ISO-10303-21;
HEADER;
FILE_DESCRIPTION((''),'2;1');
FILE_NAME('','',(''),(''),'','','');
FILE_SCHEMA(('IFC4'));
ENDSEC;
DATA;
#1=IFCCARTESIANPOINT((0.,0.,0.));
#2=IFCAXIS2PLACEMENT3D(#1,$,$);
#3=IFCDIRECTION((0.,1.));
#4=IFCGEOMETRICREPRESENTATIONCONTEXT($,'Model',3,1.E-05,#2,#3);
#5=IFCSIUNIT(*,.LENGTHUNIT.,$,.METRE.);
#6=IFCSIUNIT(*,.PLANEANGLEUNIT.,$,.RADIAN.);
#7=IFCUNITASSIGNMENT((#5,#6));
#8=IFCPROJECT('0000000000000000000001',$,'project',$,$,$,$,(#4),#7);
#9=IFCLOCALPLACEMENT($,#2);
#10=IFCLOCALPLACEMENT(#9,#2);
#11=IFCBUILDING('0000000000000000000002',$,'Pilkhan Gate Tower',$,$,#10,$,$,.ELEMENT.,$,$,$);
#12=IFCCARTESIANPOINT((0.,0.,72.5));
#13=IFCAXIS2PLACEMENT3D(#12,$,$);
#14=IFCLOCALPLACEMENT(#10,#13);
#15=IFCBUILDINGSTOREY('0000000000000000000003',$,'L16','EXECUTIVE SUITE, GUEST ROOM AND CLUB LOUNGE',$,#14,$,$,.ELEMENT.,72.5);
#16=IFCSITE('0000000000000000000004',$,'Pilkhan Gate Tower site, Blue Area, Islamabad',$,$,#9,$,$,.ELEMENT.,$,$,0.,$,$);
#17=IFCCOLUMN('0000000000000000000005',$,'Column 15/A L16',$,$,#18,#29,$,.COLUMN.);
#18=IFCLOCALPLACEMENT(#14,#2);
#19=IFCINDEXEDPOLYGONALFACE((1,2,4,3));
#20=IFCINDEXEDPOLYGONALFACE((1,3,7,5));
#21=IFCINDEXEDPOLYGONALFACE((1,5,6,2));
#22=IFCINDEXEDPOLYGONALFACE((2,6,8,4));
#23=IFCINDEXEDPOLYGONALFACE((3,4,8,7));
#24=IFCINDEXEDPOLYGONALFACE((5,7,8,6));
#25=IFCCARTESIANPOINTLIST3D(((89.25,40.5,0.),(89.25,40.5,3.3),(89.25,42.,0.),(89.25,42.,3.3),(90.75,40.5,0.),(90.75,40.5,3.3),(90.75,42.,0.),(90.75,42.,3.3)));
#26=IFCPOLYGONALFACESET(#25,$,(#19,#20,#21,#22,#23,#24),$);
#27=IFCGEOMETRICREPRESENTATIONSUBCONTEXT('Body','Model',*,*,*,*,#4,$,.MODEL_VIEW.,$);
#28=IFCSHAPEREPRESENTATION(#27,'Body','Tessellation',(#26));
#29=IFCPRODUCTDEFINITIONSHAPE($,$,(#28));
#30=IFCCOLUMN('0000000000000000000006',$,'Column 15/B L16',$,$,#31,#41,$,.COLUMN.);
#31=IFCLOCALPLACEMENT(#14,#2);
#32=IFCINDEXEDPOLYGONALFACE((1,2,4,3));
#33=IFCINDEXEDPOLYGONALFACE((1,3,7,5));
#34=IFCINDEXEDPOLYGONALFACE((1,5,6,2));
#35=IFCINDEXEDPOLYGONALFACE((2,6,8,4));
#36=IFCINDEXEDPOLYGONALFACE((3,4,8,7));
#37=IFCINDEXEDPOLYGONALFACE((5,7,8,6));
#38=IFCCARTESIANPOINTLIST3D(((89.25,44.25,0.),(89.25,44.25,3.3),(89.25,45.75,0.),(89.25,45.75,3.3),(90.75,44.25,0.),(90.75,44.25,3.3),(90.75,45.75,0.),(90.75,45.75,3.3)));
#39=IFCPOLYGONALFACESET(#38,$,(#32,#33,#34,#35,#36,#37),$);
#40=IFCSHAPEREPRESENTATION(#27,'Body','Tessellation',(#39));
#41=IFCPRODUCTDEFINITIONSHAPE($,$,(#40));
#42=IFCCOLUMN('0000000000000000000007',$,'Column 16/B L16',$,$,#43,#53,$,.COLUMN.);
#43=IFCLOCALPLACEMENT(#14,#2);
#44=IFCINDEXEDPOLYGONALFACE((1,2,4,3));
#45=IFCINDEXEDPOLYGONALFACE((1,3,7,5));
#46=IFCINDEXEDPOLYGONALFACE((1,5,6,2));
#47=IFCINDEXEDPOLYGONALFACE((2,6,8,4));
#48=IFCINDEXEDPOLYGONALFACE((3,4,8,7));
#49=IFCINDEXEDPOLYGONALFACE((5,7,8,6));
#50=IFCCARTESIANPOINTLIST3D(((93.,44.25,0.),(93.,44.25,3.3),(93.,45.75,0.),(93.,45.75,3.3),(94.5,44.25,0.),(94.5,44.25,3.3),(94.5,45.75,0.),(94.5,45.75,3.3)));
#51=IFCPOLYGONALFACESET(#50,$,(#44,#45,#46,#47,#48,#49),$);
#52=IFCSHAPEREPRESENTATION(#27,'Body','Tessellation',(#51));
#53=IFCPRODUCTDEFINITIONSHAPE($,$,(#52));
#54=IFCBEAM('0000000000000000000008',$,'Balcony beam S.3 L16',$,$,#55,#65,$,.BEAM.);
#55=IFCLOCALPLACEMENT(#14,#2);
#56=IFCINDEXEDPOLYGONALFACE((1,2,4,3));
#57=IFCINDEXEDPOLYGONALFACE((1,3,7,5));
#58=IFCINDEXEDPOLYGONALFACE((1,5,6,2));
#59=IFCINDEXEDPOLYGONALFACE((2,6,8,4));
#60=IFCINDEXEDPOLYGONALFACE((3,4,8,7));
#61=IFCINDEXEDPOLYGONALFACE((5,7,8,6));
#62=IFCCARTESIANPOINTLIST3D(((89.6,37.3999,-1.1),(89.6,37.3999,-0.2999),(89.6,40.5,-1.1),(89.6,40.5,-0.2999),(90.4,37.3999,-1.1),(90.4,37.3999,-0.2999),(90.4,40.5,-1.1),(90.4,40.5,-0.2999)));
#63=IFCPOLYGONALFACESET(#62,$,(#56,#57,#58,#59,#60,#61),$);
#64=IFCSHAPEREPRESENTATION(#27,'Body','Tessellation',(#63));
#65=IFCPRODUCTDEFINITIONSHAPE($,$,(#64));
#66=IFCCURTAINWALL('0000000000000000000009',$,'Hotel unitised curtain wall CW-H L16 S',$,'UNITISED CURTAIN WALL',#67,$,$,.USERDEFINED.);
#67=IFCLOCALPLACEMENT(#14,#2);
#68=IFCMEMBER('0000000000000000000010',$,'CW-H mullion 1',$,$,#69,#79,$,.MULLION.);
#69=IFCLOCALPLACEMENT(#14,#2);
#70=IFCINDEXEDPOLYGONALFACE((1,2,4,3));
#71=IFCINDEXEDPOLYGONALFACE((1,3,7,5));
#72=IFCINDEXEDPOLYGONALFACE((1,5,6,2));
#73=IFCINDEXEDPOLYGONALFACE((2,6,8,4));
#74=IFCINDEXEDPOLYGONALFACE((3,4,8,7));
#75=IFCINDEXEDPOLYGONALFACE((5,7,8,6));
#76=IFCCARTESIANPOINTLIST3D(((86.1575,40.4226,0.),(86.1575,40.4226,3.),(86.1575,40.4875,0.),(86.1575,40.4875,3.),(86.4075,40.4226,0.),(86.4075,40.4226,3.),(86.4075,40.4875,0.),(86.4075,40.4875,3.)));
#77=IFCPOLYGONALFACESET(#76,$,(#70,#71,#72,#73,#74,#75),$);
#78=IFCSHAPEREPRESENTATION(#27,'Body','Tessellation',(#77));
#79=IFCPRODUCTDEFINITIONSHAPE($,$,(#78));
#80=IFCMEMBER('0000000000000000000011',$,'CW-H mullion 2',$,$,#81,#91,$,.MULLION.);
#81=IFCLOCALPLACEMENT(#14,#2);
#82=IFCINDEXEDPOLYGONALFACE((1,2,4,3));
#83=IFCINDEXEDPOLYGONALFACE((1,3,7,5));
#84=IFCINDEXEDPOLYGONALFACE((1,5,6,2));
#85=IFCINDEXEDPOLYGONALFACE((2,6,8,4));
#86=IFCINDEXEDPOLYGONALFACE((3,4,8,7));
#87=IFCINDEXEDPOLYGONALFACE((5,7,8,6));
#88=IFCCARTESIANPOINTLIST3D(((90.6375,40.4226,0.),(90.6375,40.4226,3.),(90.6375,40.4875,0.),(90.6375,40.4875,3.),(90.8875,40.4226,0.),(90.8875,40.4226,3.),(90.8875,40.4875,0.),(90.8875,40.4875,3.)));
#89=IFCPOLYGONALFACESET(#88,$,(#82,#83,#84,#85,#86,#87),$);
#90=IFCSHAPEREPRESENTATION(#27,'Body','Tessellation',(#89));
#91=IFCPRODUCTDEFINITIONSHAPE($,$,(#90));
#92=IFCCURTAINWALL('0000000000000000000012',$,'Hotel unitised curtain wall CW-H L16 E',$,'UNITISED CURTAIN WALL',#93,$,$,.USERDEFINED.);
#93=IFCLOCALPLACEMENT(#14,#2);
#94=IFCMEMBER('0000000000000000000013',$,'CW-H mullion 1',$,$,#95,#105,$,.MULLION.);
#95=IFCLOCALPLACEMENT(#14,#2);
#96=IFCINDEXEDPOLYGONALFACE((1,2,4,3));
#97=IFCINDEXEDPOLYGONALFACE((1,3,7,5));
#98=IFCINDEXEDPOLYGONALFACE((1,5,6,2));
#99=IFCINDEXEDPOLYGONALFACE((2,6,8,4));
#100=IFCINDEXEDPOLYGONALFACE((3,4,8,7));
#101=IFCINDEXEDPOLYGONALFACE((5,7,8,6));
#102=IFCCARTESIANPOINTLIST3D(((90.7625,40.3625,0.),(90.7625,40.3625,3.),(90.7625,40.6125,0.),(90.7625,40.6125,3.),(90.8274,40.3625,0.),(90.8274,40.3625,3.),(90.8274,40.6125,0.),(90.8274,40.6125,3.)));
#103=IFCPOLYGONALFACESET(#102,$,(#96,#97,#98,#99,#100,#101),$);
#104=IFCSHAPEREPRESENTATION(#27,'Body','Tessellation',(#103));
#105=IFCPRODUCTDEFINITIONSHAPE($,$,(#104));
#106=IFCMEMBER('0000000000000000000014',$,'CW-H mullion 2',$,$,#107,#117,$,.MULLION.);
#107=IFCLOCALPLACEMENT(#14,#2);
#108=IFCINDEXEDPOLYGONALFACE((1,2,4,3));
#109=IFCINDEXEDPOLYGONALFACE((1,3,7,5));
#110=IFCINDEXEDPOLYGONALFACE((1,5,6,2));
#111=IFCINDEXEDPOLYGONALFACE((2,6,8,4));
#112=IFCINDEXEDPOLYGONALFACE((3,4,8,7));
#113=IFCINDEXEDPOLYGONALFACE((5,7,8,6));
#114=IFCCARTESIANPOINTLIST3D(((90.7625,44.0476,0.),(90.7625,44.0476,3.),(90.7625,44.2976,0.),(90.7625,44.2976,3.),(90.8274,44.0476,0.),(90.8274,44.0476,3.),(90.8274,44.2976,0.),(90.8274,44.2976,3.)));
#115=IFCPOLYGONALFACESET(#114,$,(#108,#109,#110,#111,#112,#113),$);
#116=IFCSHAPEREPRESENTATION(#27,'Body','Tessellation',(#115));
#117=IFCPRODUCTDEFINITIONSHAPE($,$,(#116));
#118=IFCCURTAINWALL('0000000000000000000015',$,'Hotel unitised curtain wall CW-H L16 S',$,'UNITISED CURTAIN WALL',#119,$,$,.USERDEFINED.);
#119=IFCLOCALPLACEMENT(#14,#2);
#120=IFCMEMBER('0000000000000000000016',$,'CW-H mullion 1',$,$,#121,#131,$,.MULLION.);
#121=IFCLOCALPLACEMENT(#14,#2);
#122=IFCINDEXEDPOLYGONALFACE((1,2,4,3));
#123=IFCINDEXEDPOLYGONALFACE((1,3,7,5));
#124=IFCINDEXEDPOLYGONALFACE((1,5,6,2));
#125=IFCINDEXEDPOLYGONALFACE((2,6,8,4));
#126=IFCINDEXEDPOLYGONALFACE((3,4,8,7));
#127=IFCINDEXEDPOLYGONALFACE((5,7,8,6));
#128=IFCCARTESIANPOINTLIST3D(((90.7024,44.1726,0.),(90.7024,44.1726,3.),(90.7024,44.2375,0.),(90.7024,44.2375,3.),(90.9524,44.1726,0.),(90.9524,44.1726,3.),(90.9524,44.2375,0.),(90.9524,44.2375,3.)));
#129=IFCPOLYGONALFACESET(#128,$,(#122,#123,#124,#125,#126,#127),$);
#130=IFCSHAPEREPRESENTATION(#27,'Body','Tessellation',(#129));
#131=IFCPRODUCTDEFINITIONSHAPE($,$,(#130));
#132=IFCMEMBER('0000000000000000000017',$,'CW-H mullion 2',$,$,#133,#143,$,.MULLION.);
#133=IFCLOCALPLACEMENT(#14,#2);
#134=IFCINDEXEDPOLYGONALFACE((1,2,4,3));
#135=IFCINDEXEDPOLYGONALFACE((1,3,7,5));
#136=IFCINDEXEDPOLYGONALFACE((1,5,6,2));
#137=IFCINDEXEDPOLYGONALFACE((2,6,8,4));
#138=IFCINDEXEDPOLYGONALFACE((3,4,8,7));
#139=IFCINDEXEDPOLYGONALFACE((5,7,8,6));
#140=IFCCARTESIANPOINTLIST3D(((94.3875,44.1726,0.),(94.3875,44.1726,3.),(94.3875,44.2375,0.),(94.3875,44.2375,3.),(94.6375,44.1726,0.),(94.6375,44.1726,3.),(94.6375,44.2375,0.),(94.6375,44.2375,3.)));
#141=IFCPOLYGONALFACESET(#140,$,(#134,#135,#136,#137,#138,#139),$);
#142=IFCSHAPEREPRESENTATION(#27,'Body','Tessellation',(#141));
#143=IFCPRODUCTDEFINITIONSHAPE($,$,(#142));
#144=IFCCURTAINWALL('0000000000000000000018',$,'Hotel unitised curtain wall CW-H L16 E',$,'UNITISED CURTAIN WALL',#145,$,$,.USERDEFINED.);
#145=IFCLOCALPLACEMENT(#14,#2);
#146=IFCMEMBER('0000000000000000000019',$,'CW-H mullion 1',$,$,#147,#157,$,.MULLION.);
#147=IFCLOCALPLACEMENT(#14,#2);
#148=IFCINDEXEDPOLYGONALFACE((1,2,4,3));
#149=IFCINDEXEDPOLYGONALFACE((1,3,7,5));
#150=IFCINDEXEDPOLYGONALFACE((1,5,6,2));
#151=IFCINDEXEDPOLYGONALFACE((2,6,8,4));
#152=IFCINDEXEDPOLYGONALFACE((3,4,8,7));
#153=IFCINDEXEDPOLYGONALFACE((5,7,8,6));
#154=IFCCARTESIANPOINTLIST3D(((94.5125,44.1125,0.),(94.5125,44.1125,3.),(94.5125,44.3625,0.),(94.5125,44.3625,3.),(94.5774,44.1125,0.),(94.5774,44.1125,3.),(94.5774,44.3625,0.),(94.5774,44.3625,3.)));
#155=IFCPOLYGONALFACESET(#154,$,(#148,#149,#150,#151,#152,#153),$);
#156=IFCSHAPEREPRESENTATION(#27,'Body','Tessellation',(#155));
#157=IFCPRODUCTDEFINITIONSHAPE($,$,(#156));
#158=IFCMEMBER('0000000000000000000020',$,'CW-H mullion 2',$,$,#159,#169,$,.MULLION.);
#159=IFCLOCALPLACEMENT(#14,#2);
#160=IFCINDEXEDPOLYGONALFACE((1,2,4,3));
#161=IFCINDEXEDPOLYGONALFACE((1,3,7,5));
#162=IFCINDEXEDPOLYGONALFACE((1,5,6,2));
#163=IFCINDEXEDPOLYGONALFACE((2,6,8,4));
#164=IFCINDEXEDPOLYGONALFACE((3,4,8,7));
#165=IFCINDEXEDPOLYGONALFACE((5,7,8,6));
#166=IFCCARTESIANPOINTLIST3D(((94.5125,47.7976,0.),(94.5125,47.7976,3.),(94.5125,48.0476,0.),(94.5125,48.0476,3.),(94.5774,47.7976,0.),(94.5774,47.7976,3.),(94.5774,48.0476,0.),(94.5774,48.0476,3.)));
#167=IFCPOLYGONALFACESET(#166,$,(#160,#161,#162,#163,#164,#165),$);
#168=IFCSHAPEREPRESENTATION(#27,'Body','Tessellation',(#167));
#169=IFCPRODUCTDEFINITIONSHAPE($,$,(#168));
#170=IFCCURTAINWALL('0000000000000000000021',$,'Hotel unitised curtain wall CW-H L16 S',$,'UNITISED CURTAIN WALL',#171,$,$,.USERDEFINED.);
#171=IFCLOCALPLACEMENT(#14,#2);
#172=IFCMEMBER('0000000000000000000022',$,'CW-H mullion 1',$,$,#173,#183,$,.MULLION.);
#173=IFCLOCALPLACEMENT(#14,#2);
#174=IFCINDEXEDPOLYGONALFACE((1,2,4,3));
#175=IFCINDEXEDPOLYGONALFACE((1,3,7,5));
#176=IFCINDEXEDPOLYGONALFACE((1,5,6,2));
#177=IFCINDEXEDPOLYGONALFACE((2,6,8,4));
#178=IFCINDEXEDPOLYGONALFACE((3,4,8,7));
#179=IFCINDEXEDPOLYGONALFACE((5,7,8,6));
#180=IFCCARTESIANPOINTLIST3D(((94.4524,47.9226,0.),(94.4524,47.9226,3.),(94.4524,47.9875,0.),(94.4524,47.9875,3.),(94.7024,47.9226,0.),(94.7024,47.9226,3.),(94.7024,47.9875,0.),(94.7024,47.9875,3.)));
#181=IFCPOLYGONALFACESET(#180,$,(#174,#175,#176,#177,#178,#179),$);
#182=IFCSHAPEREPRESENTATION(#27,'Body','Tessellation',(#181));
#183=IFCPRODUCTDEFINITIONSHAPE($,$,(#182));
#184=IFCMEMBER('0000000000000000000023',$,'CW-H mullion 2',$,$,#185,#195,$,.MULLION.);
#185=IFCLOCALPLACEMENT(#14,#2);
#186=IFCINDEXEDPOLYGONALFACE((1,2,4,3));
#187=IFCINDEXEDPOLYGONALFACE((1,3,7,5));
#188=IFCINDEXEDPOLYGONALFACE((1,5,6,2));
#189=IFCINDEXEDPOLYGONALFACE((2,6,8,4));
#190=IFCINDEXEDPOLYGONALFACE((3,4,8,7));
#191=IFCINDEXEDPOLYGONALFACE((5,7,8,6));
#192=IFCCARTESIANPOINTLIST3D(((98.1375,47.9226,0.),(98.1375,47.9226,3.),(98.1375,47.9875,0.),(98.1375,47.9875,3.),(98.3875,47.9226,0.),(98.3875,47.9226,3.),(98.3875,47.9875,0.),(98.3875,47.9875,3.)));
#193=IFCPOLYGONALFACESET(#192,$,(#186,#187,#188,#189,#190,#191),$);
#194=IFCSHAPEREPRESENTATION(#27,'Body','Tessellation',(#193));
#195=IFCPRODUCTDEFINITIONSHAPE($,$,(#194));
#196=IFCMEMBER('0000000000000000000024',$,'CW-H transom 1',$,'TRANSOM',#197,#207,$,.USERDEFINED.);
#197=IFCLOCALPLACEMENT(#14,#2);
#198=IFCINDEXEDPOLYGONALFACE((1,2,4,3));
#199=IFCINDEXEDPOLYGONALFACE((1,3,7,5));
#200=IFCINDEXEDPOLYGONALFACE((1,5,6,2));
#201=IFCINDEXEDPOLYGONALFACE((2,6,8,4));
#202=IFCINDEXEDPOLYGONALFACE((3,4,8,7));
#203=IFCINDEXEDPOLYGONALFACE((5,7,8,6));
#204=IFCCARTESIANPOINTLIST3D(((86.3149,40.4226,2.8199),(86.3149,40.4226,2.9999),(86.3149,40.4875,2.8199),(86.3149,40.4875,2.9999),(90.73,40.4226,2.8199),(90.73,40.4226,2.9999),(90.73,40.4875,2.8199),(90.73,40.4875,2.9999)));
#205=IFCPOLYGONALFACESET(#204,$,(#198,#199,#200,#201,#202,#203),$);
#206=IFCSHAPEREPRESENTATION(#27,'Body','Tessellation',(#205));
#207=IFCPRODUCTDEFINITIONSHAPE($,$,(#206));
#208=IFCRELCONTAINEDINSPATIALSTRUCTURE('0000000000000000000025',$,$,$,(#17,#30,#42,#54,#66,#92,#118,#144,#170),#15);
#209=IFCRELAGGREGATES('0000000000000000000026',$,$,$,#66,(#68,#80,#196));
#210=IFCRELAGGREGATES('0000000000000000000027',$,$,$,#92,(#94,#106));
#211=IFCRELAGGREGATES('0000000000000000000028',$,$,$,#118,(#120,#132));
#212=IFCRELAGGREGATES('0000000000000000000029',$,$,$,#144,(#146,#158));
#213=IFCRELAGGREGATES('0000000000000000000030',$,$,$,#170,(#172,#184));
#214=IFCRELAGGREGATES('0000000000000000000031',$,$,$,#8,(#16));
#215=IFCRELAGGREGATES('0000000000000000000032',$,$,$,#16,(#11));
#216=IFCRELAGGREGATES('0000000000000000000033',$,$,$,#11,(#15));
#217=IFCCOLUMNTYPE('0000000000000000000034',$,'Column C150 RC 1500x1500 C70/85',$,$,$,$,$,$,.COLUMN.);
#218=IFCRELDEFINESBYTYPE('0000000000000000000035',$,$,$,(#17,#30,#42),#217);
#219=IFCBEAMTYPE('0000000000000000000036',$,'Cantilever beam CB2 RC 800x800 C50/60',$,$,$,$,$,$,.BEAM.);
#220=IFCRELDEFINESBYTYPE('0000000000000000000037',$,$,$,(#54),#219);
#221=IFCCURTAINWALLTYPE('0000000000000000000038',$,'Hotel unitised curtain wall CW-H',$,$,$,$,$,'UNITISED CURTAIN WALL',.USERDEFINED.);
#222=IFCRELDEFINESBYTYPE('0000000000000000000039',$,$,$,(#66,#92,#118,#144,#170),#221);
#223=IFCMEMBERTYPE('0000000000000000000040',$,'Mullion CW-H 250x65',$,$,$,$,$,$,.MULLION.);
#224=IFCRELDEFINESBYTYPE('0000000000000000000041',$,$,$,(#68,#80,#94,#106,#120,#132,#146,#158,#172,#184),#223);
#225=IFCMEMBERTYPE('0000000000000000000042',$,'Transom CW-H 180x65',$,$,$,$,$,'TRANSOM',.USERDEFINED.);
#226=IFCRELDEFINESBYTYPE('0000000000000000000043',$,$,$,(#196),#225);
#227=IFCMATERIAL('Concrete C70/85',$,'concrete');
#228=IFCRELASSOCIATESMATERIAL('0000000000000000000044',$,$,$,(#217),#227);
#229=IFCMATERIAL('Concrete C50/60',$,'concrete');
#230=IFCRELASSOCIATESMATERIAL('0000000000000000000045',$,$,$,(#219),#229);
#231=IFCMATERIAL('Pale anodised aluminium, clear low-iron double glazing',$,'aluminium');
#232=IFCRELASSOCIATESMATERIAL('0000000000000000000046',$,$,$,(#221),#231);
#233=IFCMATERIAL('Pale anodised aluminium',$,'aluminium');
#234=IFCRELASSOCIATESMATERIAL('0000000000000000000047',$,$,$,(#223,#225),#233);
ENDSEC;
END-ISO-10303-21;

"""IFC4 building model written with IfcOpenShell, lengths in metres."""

from ifc_helpers import new_model, si_unit, direction, frame, origin, origin_2d, place, context, subcontext, project, spatial, rectangle, extrude, material, material_profile, profile_set, type_object, element, aggregate, save


model = new_model("IFC4")

# Units and contexts
model_context = context("Model", 3, precision=1e-05, world=origin(), true_north=direction((0.0, 1.0)))
body_context = subcontext(model_context, "Body", "Model", "MODEL_VIEW")
ifc_project = project(units=[si_unit("LENGTHUNIT", "METRE"), si_unit("PLANEANGLEUNIT", "RADIAN")], contexts=[model_context])

# Site, building, storey
site_placement = place(None, origin())
site = spatial("IfcSite", under=ifc_project, at=site_placement, Name="Pilkhan Gate Tower site, Blue Area, Islamabad", CompositionType="ELEMENT", RefElevation=0.0)
building_placement = place(site_placement, origin())
building = spatial("IfcBuilding", under=site, at=building_placement, Name="Pilkhan Gate Tower", CompositionType="ELEMENT")
storey_placement = place(building_placement, frame((0.0, 0.0, 72.5)))
storey = spatial("IfcBuildingStorey", under=building, at=storey_placement, Name="L16", Description="EXECUTIVE SUITE, GUEST ROOM AND CLUB LOUNGE", CompositionType="ELEMENT", Elevation=72.5)

# Columns
ifc_material_1 = material(Name="Concrete C70/85", Category="concrete")
ifc_material_profile_1 = material_profile(ifc_material_1, rectangle(XDim=1.5, YDim=1.5, at=origin_2d()), Name="RC 1500x1500")
ifc_profile_set_1 = profile_set([ifc_material_profile_1], Name="Concrete C70/85")
column_type = type_object("IfcColumnType", Name="Column C150 RC 1500x1500 C70/85", PredefinedType="COLUMN", material=ifc_profile_set_1)
for number, where, z_axis, x_axis, name in (
    (1, (90.0, 41.25, 0.0), (0.0, 0.0, 1.0), (1.0, 0.0, 0.0), "Column 15/A L16"),
    (2, (90.0, 45.0, 0.0), (0.0, 0.0, 1.0), (1.0, 0.0, 0.0), "Column 15/B L16"),
    (3, (93.75, 45.0, 0.0), (0.0, 0.0, 1.0), (1.0, 0.0, 0.0), "Column 16/B L16"),
):
    element("IfcColumn", number, at=place(storey_placement, frame(where, z_axis=z_axis, x_axis=x_axis)), inside=storey, type_object=column_type, Name=name, PredefinedType="COLUMN", context=body_context, shape_type="SweptSolid", body=[
        extrude(rectangle(XDim=1.5, YDim=1.5, at=origin_2d()), origin(), (0.0, 0.0, 1.0), 3.3),
    ])

# Beam
ifc_material_2 = material(Name="Concrete C50/60", Category="concrete")
ifc_material_profile_2 = material_profile(ifc_material_2, rectangle(XDim=0.8, YDim=0.8, at=origin_2d()), Name="RC 800x800")
ifc_profile_set_2 = profile_set([ifc_material_profile_2], Name="Concrete C50/60")
beam_type = type_object("IfcBeamType", Name="Cantilever beam CB2 RC 800x800 C50/60", PredefinedType="BEAM", material=ifc_profile_set_2)
beam_placement = place(storey_placement, frame((90.0, 40.5, -0.7), z_axis=(0.0, -1.0, 0.0), x_axis=(1.0, 0.0, 0.0)))
element("IfcBeam", 4, at=beam_placement, inside=storey, type_object=beam_type, Name="Balcony beam S.3 L16", PredefinedType="BEAM", context=body_context, shape_type="SweptSolid", body=[
    extrude(rectangle(XDim=0.8, YDim=0.8, at=origin_2d()), origin(), (0.0, 0.0, 1.0), 3.1001),
])

# Curtain walls, members
ifc_material_3 = material(Name="Pale anodised aluminium, clear low-iron double glazing", Category="aluminium")
curtain_wall_type = type_object("IfcCurtainWallType", Name="Hotel unitised curtain wall CW-H", ElementType="UNITISED CURTAIN WALL", PredefinedType="USERDEFINED", material=ifc_material_3)
curtain_wall_1_placement = place(storey_placement, origin())
curtain_wall_1 = element("IfcCurtainWall", 5, at=curtain_wall_1_placement, inside=storey, type_object=curtain_wall_type, Name="Hotel unitised curtain wall CW-H L16 S", ObjectType="UNITISED CURTAIN WALL", PredefinedType="USERDEFINED")
ifc_material_4 = material(Name="Pale anodised aluminium", Category="aluminium")
ifc_material_profile_3 = material_profile(ifc_material_4, rectangle(XDim=0.0649, YDim=0.25, at=origin_2d()), Name="Mullion 250x65")
ifc_profile_set_3 = profile_set([ifc_material_profile_3], Name="Pale anodised aluminium")
member_type_1 = type_object("IfcMemberType", Name="Mullion CW-H 250x65", PredefinedType="MULLION", material=ifc_profile_set_3)
member_1_placement = place(storey_placement, frame((86.2825, 40.4551, 0.0), z_axis=(0.0, 0.0, 1.0), x_axis=(0.0, 1.0, 0.0)))
member_1 = element("IfcMember", 6, at=member_1_placement, type_object=member_type_1, Name="CW-H mullion 1", PredefinedType="MULLION", context=body_context, shape_type="SweptSolid", body=[
    extrude(rectangle(XDim=0.0649, YDim=0.25, at=origin_2d()), origin(), (0.0, 0.0, 1.0), 3.0),
])
member_2_placement = place(storey_placement, frame((90.7625, 40.4551, 0.0), z_axis=(0.0, 0.0, 1.0), x_axis=(0.0, 1.0, 0.0)))
member_2 = element("IfcMember", 7, at=member_2_placement, type_object=member_type_1, Name="CW-H mullion 2", PredefinedType="MULLION", context=body_context, shape_type="SweptSolid", body=[
    extrude(rectangle(XDim=0.0649, YDim=0.25, at=origin_2d()), origin(), (0.0, 0.0, 1.0), 3.0),
])
curtain_wall_2_placement = place(storey_placement, origin())
curtain_wall_2 = element("IfcCurtainWall", 8, at=curtain_wall_2_placement, inside=storey, type_object=curtain_wall_type, Name="Hotel unitised curtain wall CW-H L16 E", ObjectType="UNITISED CURTAIN WALL", PredefinedType="USERDEFINED")
member_3_placement = place(storey_placement, frame((90.7949, 40.4875, 0.0), z_axis=(0.0, 0.0, 1.0), x_axis=(-1.0, 0.0, 0.0)))
member_3 = element("IfcMember", 9, at=member_3_placement, type_object=member_type_1, Name="CW-H mullion 1", PredefinedType="MULLION", context=body_context, shape_type="SweptSolid", body=[
    extrude(rectangle(XDim=0.0649, YDim=0.25, at=origin_2d()), origin(), (0.0, 0.0, 1.0), 3.0),
])
member_4_placement = place(storey_placement, frame((90.7949, 44.1726, 0.0), z_axis=(0.0, 0.0, 1.0), x_axis=(-1.0, 0.0, 0.0)))
member_4 = element("IfcMember", 10, at=member_4_placement, type_object=member_type_1, Name="CW-H mullion 2", PredefinedType="MULLION", context=body_context, shape_type="SweptSolid", body=[
    extrude(rectangle(XDim=0.0649, YDim=0.25, at=origin_2d()), origin(), (0.0, 0.0, 1.0), 3.0),
])
curtain_wall_3_placement = place(storey_placement, origin())
curtain_wall_3 = element("IfcCurtainWall", 11, at=curtain_wall_3_placement, inside=storey, type_object=curtain_wall_type, Name="Hotel unitised curtain wall CW-H L16 S", ObjectType="UNITISED CURTAIN WALL", PredefinedType="USERDEFINED")
member_5_placement = place(storey_placement, frame((90.8274, 44.2051, 0.0), z_axis=(0.0, 0.0, 1.0), x_axis=(0.0, 1.0, 0.0)))
member_5 = element("IfcMember", 12, at=member_5_placement, type_object=member_type_1, Name="CW-H mullion 1", PredefinedType="MULLION", context=body_context, shape_type="SweptSolid", body=[
    extrude(rectangle(XDim=0.0649, YDim=0.25, at=origin_2d()), origin(), (0.0, 0.0, 1.0), 3.0),
])
member_6_placement = place(storey_placement, frame((94.5125, 44.2051, 0.0), z_axis=(0.0, 0.0, 1.0), x_axis=(0.0, 1.0, 0.0)))
member_6 = element("IfcMember", 13, at=member_6_placement, type_object=member_type_1, Name="CW-H mullion 2", PredefinedType="MULLION", context=body_context, shape_type="SweptSolid", body=[
    extrude(rectangle(XDim=0.0649, YDim=0.25, at=origin_2d()), origin(), (0.0, 0.0, 1.0), 3.0),
])
curtain_wall_4_placement = place(storey_placement, origin())
curtain_wall_4 = element("IfcCurtainWall", 14, at=curtain_wall_4_placement, inside=storey, type_object=curtain_wall_type, Name="Hotel unitised curtain wall CW-H L16 E", ObjectType="UNITISED CURTAIN WALL", PredefinedType="USERDEFINED")
member_7_placement = place(storey_placement, frame((94.5449, 44.2375, 0.0), z_axis=(0.0, 0.0, 1.0), x_axis=(-1.0, 0.0, 0.0)))
member_7 = element("IfcMember", 15, at=member_7_placement, type_object=member_type_1, Name="CW-H mullion 1", PredefinedType="MULLION", context=body_context, shape_type="SweptSolid", body=[
    extrude(rectangle(XDim=0.0649, YDim=0.25, at=origin_2d()), origin(), (0.0, 0.0, 1.0), 3.0),
])
member_8_placement = place(storey_placement, frame((94.5449, 47.9226, 0.0), z_axis=(0.0, 0.0, 1.0), x_axis=(-1.0, 0.0, 0.0)))
member_8 = element("IfcMember", 16, at=member_8_placement, type_object=member_type_1, Name="CW-H mullion 2", PredefinedType="MULLION", context=body_context, shape_type="SweptSolid", body=[
    extrude(rectangle(XDim=0.0649, YDim=0.25, at=origin_2d()), origin(), (0.0, 0.0, 1.0), 3.0),
])
curtain_wall_5_placement = place(storey_placement, origin())
curtain_wall_5 = element("IfcCurtainWall", 17, at=curtain_wall_5_placement, inside=storey, type_object=curtain_wall_type, Name="Hotel unitised curtain wall CW-H L16 S", ObjectType="UNITISED CURTAIN WALL", PredefinedType="USERDEFINED")
member_9_placement = place(storey_placement, frame((94.5774, 47.9551, 0.0), z_axis=(0.0, 0.0, 1.0), x_axis=(0.0, 1.0, 0.0)))
member_9 = element("IfcMember", 18, at=member_9_placement, type_object=member_type_1, Name="CW-H mullion 1", PredefinedType="MULLION", context=body_context, shape_type="SweptSolid", body=[
    extrude(rectangle(XDim=0.0649, YDim=0.25, at=origin_2d()), origin(), (0.0, 0.0, 1.0), 3.0),
])
member_10_placement = place(storey_placement, frame((98.2625, 47.9551, 0.0), z_axis=(0.0, 0.0, 1.0), x_axis=(0.0, 1.0, 0.0)))
member_10 = element("IfcMember", 19, at=member_10_placement, type_object=member_type_1, Name="CW-H mullion 2", PredefinedType="MULLION", context=body_context, shape_type="SweptSolid", body=[
    extrude(rectangle(XDim=0.0649, YDim=0.25, at=origin_2d()), origin(), (0.0, 0.0, 1.0), 3.0),
])

# Member
ifc_material_profile_4 = material_profile(ifc_material_4, rectangle(XDim=0.0649, YDim=0.1799, at=origin_2d()), Name="Transom 180x65")
ifc_profile_set_4 = profile_set([ifc_material_profile_4], Name="Pale anodised aluminium")
member_type_2 = type_object("IfcMemberType", Name="Transom CW-H 180x65", ElementType="TRANSOM", PredefinedType="USERDEFINED", material=ifc_profile_set_4)
member_11_placement = place(storey_placement, frame((86.3149, 40.4551, 2.9099), z_axis=(1.0, 0.0, 0.0), x_axis=(0.0, 1.0, 0.0)))
member_11 = element("IfcMember", 20, at=member_11_placement, type_object=member_type_2, Name="CW-H transom 1", ObjectType="TRANSOM", PredefinedType="USERDEFINED", context=body_context, shape_type="SweptSolid", body=[
    extrude(rectangle(XDim=0.0649, YDim=0.1799, at=origin_2d()), origin(), (0.0, 0.0, 1.0), 4.415),
])

aggregate(curtain_wall_1, [member_1, member_2, member_11])
aggregate(curtain_wall_2, [member_3, member_4])
aggregate(curtain_wall_3, [member_5, member_6])
aggregate(curtain_wall_4, [member_7, member_8])
aggregate(curtain_wall_5, [member_9, member_10])

save(model, "model.ifc")
